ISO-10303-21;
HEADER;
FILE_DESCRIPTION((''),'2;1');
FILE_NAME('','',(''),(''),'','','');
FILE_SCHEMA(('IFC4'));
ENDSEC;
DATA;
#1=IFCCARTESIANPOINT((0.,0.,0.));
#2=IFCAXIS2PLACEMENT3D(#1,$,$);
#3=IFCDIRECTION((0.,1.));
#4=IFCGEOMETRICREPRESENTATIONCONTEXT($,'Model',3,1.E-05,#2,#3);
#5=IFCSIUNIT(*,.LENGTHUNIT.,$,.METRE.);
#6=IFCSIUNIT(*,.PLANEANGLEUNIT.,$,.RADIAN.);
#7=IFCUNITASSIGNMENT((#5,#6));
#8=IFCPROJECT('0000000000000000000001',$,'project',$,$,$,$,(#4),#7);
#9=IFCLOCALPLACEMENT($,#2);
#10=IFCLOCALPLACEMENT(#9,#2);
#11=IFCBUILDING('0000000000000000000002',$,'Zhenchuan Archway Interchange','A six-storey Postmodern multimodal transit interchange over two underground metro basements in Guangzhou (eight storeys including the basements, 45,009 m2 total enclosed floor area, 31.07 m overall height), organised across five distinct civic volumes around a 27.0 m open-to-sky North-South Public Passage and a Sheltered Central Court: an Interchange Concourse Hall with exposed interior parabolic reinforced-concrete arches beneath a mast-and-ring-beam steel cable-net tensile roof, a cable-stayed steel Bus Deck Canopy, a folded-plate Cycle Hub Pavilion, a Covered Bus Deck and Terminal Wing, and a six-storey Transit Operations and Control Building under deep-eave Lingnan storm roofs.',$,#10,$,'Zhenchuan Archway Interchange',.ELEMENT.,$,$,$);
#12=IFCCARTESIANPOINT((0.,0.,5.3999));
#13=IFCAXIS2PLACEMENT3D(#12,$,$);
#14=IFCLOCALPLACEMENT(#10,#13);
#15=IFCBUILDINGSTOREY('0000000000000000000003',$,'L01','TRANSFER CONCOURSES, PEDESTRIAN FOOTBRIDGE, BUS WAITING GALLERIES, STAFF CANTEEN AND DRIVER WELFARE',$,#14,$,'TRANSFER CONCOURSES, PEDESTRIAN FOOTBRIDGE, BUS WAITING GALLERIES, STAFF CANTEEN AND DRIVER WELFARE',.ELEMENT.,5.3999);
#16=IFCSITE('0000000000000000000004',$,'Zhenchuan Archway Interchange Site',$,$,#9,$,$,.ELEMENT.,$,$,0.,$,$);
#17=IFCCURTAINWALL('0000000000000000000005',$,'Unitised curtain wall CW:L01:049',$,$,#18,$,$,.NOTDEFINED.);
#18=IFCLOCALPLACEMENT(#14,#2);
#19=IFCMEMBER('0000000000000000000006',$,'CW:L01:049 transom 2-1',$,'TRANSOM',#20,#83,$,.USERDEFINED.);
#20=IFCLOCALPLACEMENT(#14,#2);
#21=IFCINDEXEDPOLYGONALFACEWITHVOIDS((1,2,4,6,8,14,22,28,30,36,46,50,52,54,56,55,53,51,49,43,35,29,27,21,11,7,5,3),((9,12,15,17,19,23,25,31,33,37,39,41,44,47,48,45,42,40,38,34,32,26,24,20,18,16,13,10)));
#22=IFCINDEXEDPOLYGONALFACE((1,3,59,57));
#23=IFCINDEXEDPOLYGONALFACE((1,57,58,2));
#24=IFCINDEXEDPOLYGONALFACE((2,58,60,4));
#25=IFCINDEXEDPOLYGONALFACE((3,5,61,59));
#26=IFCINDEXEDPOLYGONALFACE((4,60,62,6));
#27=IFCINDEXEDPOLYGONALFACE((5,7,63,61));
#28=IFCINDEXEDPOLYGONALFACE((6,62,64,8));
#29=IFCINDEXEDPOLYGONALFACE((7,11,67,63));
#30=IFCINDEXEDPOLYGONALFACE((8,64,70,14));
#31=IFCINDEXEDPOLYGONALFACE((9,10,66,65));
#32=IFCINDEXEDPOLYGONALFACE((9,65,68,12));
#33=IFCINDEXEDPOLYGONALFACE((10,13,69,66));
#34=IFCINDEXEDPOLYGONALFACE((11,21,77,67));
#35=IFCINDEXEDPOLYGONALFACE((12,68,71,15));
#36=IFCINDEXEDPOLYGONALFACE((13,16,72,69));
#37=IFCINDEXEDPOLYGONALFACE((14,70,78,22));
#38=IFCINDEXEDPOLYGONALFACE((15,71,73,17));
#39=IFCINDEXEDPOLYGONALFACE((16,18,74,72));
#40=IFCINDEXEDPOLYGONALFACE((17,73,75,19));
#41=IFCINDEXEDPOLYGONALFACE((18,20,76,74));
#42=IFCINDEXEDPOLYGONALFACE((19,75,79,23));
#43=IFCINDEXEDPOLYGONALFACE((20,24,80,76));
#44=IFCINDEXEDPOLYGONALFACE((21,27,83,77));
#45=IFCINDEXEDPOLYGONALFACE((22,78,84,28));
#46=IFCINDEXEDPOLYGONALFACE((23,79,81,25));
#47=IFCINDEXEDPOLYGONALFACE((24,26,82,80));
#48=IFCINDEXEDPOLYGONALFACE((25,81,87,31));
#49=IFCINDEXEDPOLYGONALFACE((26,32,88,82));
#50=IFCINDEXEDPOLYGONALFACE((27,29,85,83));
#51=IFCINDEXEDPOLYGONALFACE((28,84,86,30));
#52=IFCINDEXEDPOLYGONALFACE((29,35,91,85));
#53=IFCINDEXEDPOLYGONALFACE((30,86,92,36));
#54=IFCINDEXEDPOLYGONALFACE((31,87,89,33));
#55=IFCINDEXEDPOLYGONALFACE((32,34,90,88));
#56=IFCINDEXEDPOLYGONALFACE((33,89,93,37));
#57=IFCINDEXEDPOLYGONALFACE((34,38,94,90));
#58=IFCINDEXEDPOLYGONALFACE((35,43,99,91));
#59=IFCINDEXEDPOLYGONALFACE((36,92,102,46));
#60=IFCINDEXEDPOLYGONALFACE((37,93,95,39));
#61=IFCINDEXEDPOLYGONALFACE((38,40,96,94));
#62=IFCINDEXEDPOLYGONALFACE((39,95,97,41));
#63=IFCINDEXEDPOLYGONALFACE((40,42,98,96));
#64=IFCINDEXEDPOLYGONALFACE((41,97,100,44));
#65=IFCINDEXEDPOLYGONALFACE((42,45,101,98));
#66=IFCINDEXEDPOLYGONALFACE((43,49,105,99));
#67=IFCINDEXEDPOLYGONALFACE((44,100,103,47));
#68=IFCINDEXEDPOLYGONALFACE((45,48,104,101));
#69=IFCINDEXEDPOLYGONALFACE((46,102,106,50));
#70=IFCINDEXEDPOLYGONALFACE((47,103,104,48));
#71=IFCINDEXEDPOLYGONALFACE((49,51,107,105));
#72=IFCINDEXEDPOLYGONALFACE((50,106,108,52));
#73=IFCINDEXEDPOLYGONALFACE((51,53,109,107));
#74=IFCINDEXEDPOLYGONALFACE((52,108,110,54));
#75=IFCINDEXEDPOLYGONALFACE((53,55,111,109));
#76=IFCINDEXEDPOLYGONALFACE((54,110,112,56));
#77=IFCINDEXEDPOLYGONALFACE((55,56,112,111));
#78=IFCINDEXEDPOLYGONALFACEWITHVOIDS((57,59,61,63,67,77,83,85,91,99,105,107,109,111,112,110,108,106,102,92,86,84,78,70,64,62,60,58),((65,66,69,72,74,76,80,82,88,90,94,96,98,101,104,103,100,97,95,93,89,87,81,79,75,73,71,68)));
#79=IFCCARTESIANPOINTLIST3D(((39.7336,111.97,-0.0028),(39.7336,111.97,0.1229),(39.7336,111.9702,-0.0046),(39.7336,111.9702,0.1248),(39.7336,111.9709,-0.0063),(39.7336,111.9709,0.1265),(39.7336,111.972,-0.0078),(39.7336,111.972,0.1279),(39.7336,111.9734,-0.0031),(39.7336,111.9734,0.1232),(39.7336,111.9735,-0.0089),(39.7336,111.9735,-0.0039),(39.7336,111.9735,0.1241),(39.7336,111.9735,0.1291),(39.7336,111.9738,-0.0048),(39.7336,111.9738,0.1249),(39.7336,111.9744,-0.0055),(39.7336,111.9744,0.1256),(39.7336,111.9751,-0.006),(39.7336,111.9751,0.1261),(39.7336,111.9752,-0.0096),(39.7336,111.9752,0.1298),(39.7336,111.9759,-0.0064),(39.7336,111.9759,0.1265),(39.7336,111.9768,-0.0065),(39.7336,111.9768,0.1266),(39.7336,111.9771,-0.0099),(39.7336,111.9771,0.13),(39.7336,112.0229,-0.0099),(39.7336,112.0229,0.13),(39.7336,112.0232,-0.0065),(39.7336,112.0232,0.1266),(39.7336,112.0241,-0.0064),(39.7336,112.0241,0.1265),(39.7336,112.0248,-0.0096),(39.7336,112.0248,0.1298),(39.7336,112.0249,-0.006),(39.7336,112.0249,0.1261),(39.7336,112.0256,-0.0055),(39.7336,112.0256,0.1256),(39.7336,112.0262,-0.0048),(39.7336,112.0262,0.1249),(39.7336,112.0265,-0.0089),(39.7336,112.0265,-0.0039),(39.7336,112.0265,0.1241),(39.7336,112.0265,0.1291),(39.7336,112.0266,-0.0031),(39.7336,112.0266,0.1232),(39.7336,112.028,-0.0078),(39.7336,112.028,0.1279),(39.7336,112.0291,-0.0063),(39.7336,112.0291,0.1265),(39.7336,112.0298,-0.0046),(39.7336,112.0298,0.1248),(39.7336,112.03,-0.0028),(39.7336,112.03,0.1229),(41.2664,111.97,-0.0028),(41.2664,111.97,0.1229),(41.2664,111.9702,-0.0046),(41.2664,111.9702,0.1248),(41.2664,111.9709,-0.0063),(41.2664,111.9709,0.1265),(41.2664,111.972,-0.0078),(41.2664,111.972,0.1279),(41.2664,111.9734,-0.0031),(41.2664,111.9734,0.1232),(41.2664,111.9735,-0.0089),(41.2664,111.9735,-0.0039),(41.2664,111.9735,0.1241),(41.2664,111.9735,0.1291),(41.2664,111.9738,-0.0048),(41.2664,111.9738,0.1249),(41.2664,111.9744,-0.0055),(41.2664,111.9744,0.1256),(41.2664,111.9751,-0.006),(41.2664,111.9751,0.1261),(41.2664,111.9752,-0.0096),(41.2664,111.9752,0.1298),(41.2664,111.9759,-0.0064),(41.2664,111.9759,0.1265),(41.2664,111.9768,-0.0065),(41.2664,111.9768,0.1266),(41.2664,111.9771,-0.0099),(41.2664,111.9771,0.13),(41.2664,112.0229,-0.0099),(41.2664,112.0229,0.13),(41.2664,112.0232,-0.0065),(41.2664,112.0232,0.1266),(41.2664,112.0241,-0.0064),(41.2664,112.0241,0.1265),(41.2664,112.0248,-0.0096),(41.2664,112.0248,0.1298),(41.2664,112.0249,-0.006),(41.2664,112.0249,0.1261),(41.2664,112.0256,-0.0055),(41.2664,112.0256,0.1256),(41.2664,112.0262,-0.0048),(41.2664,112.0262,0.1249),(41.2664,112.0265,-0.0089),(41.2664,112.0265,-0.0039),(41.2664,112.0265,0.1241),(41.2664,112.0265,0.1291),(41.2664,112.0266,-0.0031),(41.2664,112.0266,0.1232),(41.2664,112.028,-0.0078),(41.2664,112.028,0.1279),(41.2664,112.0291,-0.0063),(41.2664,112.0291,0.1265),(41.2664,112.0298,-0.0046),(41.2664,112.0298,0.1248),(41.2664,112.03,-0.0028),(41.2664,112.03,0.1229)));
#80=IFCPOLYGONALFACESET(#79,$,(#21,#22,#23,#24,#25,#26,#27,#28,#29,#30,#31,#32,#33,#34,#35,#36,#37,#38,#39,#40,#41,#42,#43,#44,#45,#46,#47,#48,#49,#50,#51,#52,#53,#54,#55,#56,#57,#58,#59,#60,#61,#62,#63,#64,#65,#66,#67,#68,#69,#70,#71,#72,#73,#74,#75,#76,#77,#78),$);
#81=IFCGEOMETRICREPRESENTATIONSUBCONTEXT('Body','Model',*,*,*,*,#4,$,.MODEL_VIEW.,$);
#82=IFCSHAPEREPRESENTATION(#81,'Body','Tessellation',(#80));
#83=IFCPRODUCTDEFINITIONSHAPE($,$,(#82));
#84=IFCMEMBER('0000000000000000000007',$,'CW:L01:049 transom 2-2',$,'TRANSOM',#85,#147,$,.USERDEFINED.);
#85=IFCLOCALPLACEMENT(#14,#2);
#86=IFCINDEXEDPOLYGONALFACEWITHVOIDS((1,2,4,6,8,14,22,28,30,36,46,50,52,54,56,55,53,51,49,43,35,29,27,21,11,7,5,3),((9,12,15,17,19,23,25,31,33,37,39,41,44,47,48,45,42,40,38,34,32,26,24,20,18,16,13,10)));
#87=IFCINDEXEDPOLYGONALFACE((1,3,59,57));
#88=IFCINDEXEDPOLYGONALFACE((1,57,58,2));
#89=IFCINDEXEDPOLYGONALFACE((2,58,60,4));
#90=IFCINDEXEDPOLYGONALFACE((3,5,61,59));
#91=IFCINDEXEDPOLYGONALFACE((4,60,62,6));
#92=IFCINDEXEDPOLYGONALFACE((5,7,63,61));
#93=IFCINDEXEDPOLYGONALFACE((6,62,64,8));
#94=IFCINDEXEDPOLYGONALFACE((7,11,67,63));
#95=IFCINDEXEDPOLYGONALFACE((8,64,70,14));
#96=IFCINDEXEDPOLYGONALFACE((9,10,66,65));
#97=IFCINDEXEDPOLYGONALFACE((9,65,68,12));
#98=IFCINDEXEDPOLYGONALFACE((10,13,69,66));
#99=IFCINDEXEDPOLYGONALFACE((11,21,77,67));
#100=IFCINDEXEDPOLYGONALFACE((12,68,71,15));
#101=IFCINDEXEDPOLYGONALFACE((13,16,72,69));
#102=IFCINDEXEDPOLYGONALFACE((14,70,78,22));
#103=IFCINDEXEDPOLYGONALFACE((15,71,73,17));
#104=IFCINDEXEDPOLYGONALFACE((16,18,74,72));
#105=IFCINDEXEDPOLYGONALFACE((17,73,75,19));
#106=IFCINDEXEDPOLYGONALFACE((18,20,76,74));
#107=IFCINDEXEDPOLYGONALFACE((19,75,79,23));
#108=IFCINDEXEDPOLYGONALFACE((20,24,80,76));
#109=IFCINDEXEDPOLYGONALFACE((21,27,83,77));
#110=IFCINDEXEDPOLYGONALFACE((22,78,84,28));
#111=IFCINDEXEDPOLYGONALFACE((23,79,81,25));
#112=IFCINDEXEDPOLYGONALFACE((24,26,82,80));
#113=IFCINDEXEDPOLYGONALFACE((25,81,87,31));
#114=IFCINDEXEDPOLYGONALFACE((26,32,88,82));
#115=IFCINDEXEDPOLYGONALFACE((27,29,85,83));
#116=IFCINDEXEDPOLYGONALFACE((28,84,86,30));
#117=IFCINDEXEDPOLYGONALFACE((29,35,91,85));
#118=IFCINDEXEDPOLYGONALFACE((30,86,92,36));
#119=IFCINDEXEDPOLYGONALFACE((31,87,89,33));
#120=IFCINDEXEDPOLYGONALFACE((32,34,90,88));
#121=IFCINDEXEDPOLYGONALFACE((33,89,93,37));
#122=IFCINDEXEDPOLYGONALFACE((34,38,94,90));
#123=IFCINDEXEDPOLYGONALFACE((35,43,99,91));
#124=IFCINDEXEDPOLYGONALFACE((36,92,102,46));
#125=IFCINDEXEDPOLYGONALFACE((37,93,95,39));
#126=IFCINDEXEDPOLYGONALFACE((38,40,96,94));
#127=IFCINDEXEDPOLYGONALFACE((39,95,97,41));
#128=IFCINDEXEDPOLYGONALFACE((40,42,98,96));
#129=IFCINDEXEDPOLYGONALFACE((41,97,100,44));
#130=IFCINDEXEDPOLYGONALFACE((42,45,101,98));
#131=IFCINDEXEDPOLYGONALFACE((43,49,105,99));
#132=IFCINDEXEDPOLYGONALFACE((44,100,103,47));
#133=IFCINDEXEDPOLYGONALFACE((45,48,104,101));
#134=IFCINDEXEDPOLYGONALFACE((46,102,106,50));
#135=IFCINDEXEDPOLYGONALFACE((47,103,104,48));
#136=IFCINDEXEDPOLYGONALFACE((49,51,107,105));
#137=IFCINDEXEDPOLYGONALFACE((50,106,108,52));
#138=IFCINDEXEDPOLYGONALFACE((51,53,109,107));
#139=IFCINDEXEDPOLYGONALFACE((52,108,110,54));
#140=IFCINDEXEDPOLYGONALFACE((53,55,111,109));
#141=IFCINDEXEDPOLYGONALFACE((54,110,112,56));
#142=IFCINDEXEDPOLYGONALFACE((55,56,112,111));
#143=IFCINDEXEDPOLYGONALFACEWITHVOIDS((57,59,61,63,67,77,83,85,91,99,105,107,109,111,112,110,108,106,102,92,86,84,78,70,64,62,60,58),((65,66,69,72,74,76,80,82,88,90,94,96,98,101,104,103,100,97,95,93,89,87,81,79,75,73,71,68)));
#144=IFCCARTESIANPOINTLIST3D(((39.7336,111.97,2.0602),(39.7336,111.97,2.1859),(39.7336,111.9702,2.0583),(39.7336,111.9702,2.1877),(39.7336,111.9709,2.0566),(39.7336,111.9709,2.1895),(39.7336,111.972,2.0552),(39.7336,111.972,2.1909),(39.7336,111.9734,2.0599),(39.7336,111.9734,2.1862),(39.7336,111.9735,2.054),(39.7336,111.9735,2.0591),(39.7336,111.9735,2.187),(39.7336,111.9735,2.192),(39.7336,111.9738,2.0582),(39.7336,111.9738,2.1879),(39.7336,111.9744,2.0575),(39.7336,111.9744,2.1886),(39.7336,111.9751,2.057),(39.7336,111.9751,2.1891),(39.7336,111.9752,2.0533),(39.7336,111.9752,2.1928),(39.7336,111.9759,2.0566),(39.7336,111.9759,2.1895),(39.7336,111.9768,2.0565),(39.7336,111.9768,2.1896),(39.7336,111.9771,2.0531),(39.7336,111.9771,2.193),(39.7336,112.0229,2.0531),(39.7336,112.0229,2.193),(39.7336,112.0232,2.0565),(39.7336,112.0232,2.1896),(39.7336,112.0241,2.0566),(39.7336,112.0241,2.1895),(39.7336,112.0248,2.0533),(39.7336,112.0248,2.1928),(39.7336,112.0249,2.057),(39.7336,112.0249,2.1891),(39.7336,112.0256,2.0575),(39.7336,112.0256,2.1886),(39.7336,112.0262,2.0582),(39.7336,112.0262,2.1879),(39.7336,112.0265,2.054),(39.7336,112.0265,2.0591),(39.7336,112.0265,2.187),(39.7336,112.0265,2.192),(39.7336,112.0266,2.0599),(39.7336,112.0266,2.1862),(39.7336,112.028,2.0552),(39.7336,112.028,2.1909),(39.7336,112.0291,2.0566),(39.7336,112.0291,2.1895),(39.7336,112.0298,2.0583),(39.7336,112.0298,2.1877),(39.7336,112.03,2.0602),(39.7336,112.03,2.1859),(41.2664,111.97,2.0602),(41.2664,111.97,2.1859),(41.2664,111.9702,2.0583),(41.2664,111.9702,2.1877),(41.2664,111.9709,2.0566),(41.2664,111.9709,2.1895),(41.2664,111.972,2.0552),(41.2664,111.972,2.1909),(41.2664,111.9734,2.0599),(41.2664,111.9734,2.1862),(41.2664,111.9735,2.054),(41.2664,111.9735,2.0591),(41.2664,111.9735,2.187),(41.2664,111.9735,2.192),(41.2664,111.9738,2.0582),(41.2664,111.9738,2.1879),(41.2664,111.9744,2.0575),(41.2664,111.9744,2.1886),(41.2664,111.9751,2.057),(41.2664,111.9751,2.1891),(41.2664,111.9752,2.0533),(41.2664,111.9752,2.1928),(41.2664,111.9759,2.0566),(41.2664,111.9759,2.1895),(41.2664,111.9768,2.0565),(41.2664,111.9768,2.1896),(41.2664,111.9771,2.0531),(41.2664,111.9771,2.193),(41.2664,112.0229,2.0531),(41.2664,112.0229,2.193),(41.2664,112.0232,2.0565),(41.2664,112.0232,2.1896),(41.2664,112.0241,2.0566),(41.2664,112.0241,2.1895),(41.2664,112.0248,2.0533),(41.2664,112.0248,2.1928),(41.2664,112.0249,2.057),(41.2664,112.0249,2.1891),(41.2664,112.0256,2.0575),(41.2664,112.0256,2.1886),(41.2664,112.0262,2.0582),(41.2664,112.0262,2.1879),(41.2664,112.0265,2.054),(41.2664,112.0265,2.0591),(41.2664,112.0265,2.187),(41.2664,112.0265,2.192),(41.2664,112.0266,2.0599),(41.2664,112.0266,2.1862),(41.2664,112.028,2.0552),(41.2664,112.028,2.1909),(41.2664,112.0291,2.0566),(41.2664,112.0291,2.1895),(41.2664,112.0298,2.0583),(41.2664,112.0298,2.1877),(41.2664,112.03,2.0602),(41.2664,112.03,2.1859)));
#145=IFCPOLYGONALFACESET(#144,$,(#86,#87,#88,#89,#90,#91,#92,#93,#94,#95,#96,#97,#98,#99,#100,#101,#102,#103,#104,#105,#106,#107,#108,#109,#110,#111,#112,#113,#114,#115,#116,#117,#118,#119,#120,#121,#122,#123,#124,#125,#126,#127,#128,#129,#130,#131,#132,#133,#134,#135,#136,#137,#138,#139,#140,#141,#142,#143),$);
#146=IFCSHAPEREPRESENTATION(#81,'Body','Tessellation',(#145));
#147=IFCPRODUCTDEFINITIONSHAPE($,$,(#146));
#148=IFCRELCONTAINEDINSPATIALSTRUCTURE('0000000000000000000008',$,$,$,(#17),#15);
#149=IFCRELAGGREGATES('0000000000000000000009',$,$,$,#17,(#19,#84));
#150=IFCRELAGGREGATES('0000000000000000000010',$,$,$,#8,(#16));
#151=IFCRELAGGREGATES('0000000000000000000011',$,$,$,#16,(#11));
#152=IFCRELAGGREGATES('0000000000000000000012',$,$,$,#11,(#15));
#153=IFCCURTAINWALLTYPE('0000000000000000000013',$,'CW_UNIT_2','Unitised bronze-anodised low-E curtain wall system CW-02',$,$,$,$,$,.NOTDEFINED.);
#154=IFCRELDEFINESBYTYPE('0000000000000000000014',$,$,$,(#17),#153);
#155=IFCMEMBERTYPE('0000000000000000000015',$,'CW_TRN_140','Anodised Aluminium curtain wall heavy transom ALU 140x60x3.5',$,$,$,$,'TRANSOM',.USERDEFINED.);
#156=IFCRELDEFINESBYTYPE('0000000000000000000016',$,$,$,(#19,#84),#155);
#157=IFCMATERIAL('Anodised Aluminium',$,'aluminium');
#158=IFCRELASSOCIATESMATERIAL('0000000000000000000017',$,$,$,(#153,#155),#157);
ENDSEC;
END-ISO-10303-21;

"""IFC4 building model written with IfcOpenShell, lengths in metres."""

from ifc_helpers import new_model, si_unit, direction, frame, origin, origin_2d, place, context, subcontext, project, spatial, hollow_rectangle, extrude, material, material_profile, profile_set, type_object, element, aggregate, save


model = new_model("IFC4")

# Units and contexts
model_context = context("Model", 3, precision=1e-05, world=origin(), true_north=direction((0.0, 1.0)))
body_context = subcontext(model_context, "Body", "Model", "MODEL_VIEW")
ifc_project = project(units=[si_unit("LENGTHUNIT", "METRE"), si_unit("PLANEANGLEUNIT", "RADIAN")], contexts=[model_context])

# Site, building, storey
site_placement = place(None, origin())
site = spatial("IfcSite", under=ifc_project, at=site_placement, Name="Zhenchuan Archway Interchange Site", CompositionType="ELEMENT", RefElevation=0.0)
building_placement = place(site_placement, origin())
building = spatial("IfcBuilding", under=site, at=building_placement, Name="Zhenchuan Archway Interchange", Description="A six-storey Postmodern multimodal transit interchange over two underground metro basements in Guangzhou (eight storeys including the basements, 45,009 m2 total enclosed floor area, 31.07 m overall height), organised across five distinct civic volumes around a 27.0 m open-to-sky North-South Public Passage and a Sheltered Central Court: an Interchange Concourse Hall with exposed interior parabolic reinforced-concrete arches beneath a mast-and-ring-beam steel cable-net tensile roof, a cable-stayed steel Bus Deck Canopy, a folded-plate Cycle Hub Pavilion, a Covered Bus Deck and Terminal Wing, and a six-storey Transit Operations and Control Building under deep-eave Lingnan storm roofs.", LongName="Zhenchuan Archway Interchange", CompositionType="ELEMENT")
storey_placement = place(building_placement, frame((0.0, 0.0, 5.3999)))
storey = spatial("IfcBuildingStorey", under=building, at=storey_placement, Name="L01", Description="TRANSFER CONCOURSES, PEDESTRIAN FOOTBRIDGE, BUS WAITING GALLERIES, STAFF CANTEEN AND DRIVER WELFARE", LongName="TRANSFER CONCOURSES, PEDESTRIAN FOOTBRIDGE, BUS WAITING GALLERIES, STAFF CANTEEN AND DRIVER WELFARE", CompositionType="ELEMENT", Elevation=5.3999)

# Curtain wall, members
ifc_material_1 = material(Name="Anodised Aluminium", Category="aluminium")
curtain_wall_type_1 = type_object("IfcCurtainWallType", Name="CW_UNIT_2", Description="Unitised bronze-anodised low-E curtain wall system CW-02", PredefinedType="NOTDEFINED", material=ifc_material_1)
curtain_wall_1_placement = place(storey_placement, origin())
curtain_wall_1 = element("IfcCurtainWall", 1, at=curtain_wall_1_placement, inside=storey, type_object=curtain_wall_type_1, Name="Unitised curtain wall CW:L01:049", PredefinedType="NOTDEFINED")
ifc_material_profile_1 = material_profile(ifc_material_1, hollow_rectangle(XDim=0.0601, YDim=0.1399, WallThickness=0.0034, InnerFilletRadius=0.0034, OuterFilletRadius=0.0071, at=origin_2d()), Name="ALU 140x60x3.5")
ifc_profile_set_1 = profile_set([ifc_material_profile_1], Name="Anodised Aluminium")
member_type_1 = type_object("IfcMemberType", Name="CW_TRN_140", Description="Anodised Aluminium curtain wall heavy transom ALU 140x60x3.5", ElementType="TRANSOM", PredefinedType="USERDEFINED", material=ifc_profile_set_1)
member_1_placement = place(storey_placement, frame((39.7336, 112.0, 0.0601), z_axis=(1.0, 0.0, 0.0), x_axis=(0.0, 1.0, 0.0)))
member_1 = element("IfcMember", 2, at=member_1_placement, type_object=member_type_1, Name="CW:L01:049 transom 2-1", ObjectType="TRANSOM", PredefinedType="USERDEFINED", context=body_context, shape_type="SweptSolid", body=[
    extrude(hollow_rectangle(XDim=0.0601, YDim=0.1399, WallThickness=0.0034, InnerFilletRadius=0.0034, OuterFilletRadius=0.0071, at=origin_2d()), origin(), (0.0, 0.0, 1.0), 1.5327),
])
member_2_placement = place(storey_placement, frame((39.7336, 112.0, 2.123), z_axis=(1.0, 0.0, 0.0), x_axis=(0.0, 1.0, 0.0)))
member_2 = element("IfcMember", 3, at=member_2_placement, type_object=member_type_1, Name="CW:L01:049 transom 2-2", ObjectType="TRANSOM", PredefinedType="USERDEFINED", context=body_context, shape_type="SweptSolid", body=[
    extrude(hollow_rectangle(XDim=0.0601, YDim=0.1399, WallThickness=0.0034, InnerFilletRadius=0.0034, OuterFilletRadius=0.0071, at=origin_2d()), origin(), (0.0, 0.0, 1.0), 1.5327),
])

aggregate(curtain_wall_1, [member_1, member_2])

save(model, "model.ifc")
